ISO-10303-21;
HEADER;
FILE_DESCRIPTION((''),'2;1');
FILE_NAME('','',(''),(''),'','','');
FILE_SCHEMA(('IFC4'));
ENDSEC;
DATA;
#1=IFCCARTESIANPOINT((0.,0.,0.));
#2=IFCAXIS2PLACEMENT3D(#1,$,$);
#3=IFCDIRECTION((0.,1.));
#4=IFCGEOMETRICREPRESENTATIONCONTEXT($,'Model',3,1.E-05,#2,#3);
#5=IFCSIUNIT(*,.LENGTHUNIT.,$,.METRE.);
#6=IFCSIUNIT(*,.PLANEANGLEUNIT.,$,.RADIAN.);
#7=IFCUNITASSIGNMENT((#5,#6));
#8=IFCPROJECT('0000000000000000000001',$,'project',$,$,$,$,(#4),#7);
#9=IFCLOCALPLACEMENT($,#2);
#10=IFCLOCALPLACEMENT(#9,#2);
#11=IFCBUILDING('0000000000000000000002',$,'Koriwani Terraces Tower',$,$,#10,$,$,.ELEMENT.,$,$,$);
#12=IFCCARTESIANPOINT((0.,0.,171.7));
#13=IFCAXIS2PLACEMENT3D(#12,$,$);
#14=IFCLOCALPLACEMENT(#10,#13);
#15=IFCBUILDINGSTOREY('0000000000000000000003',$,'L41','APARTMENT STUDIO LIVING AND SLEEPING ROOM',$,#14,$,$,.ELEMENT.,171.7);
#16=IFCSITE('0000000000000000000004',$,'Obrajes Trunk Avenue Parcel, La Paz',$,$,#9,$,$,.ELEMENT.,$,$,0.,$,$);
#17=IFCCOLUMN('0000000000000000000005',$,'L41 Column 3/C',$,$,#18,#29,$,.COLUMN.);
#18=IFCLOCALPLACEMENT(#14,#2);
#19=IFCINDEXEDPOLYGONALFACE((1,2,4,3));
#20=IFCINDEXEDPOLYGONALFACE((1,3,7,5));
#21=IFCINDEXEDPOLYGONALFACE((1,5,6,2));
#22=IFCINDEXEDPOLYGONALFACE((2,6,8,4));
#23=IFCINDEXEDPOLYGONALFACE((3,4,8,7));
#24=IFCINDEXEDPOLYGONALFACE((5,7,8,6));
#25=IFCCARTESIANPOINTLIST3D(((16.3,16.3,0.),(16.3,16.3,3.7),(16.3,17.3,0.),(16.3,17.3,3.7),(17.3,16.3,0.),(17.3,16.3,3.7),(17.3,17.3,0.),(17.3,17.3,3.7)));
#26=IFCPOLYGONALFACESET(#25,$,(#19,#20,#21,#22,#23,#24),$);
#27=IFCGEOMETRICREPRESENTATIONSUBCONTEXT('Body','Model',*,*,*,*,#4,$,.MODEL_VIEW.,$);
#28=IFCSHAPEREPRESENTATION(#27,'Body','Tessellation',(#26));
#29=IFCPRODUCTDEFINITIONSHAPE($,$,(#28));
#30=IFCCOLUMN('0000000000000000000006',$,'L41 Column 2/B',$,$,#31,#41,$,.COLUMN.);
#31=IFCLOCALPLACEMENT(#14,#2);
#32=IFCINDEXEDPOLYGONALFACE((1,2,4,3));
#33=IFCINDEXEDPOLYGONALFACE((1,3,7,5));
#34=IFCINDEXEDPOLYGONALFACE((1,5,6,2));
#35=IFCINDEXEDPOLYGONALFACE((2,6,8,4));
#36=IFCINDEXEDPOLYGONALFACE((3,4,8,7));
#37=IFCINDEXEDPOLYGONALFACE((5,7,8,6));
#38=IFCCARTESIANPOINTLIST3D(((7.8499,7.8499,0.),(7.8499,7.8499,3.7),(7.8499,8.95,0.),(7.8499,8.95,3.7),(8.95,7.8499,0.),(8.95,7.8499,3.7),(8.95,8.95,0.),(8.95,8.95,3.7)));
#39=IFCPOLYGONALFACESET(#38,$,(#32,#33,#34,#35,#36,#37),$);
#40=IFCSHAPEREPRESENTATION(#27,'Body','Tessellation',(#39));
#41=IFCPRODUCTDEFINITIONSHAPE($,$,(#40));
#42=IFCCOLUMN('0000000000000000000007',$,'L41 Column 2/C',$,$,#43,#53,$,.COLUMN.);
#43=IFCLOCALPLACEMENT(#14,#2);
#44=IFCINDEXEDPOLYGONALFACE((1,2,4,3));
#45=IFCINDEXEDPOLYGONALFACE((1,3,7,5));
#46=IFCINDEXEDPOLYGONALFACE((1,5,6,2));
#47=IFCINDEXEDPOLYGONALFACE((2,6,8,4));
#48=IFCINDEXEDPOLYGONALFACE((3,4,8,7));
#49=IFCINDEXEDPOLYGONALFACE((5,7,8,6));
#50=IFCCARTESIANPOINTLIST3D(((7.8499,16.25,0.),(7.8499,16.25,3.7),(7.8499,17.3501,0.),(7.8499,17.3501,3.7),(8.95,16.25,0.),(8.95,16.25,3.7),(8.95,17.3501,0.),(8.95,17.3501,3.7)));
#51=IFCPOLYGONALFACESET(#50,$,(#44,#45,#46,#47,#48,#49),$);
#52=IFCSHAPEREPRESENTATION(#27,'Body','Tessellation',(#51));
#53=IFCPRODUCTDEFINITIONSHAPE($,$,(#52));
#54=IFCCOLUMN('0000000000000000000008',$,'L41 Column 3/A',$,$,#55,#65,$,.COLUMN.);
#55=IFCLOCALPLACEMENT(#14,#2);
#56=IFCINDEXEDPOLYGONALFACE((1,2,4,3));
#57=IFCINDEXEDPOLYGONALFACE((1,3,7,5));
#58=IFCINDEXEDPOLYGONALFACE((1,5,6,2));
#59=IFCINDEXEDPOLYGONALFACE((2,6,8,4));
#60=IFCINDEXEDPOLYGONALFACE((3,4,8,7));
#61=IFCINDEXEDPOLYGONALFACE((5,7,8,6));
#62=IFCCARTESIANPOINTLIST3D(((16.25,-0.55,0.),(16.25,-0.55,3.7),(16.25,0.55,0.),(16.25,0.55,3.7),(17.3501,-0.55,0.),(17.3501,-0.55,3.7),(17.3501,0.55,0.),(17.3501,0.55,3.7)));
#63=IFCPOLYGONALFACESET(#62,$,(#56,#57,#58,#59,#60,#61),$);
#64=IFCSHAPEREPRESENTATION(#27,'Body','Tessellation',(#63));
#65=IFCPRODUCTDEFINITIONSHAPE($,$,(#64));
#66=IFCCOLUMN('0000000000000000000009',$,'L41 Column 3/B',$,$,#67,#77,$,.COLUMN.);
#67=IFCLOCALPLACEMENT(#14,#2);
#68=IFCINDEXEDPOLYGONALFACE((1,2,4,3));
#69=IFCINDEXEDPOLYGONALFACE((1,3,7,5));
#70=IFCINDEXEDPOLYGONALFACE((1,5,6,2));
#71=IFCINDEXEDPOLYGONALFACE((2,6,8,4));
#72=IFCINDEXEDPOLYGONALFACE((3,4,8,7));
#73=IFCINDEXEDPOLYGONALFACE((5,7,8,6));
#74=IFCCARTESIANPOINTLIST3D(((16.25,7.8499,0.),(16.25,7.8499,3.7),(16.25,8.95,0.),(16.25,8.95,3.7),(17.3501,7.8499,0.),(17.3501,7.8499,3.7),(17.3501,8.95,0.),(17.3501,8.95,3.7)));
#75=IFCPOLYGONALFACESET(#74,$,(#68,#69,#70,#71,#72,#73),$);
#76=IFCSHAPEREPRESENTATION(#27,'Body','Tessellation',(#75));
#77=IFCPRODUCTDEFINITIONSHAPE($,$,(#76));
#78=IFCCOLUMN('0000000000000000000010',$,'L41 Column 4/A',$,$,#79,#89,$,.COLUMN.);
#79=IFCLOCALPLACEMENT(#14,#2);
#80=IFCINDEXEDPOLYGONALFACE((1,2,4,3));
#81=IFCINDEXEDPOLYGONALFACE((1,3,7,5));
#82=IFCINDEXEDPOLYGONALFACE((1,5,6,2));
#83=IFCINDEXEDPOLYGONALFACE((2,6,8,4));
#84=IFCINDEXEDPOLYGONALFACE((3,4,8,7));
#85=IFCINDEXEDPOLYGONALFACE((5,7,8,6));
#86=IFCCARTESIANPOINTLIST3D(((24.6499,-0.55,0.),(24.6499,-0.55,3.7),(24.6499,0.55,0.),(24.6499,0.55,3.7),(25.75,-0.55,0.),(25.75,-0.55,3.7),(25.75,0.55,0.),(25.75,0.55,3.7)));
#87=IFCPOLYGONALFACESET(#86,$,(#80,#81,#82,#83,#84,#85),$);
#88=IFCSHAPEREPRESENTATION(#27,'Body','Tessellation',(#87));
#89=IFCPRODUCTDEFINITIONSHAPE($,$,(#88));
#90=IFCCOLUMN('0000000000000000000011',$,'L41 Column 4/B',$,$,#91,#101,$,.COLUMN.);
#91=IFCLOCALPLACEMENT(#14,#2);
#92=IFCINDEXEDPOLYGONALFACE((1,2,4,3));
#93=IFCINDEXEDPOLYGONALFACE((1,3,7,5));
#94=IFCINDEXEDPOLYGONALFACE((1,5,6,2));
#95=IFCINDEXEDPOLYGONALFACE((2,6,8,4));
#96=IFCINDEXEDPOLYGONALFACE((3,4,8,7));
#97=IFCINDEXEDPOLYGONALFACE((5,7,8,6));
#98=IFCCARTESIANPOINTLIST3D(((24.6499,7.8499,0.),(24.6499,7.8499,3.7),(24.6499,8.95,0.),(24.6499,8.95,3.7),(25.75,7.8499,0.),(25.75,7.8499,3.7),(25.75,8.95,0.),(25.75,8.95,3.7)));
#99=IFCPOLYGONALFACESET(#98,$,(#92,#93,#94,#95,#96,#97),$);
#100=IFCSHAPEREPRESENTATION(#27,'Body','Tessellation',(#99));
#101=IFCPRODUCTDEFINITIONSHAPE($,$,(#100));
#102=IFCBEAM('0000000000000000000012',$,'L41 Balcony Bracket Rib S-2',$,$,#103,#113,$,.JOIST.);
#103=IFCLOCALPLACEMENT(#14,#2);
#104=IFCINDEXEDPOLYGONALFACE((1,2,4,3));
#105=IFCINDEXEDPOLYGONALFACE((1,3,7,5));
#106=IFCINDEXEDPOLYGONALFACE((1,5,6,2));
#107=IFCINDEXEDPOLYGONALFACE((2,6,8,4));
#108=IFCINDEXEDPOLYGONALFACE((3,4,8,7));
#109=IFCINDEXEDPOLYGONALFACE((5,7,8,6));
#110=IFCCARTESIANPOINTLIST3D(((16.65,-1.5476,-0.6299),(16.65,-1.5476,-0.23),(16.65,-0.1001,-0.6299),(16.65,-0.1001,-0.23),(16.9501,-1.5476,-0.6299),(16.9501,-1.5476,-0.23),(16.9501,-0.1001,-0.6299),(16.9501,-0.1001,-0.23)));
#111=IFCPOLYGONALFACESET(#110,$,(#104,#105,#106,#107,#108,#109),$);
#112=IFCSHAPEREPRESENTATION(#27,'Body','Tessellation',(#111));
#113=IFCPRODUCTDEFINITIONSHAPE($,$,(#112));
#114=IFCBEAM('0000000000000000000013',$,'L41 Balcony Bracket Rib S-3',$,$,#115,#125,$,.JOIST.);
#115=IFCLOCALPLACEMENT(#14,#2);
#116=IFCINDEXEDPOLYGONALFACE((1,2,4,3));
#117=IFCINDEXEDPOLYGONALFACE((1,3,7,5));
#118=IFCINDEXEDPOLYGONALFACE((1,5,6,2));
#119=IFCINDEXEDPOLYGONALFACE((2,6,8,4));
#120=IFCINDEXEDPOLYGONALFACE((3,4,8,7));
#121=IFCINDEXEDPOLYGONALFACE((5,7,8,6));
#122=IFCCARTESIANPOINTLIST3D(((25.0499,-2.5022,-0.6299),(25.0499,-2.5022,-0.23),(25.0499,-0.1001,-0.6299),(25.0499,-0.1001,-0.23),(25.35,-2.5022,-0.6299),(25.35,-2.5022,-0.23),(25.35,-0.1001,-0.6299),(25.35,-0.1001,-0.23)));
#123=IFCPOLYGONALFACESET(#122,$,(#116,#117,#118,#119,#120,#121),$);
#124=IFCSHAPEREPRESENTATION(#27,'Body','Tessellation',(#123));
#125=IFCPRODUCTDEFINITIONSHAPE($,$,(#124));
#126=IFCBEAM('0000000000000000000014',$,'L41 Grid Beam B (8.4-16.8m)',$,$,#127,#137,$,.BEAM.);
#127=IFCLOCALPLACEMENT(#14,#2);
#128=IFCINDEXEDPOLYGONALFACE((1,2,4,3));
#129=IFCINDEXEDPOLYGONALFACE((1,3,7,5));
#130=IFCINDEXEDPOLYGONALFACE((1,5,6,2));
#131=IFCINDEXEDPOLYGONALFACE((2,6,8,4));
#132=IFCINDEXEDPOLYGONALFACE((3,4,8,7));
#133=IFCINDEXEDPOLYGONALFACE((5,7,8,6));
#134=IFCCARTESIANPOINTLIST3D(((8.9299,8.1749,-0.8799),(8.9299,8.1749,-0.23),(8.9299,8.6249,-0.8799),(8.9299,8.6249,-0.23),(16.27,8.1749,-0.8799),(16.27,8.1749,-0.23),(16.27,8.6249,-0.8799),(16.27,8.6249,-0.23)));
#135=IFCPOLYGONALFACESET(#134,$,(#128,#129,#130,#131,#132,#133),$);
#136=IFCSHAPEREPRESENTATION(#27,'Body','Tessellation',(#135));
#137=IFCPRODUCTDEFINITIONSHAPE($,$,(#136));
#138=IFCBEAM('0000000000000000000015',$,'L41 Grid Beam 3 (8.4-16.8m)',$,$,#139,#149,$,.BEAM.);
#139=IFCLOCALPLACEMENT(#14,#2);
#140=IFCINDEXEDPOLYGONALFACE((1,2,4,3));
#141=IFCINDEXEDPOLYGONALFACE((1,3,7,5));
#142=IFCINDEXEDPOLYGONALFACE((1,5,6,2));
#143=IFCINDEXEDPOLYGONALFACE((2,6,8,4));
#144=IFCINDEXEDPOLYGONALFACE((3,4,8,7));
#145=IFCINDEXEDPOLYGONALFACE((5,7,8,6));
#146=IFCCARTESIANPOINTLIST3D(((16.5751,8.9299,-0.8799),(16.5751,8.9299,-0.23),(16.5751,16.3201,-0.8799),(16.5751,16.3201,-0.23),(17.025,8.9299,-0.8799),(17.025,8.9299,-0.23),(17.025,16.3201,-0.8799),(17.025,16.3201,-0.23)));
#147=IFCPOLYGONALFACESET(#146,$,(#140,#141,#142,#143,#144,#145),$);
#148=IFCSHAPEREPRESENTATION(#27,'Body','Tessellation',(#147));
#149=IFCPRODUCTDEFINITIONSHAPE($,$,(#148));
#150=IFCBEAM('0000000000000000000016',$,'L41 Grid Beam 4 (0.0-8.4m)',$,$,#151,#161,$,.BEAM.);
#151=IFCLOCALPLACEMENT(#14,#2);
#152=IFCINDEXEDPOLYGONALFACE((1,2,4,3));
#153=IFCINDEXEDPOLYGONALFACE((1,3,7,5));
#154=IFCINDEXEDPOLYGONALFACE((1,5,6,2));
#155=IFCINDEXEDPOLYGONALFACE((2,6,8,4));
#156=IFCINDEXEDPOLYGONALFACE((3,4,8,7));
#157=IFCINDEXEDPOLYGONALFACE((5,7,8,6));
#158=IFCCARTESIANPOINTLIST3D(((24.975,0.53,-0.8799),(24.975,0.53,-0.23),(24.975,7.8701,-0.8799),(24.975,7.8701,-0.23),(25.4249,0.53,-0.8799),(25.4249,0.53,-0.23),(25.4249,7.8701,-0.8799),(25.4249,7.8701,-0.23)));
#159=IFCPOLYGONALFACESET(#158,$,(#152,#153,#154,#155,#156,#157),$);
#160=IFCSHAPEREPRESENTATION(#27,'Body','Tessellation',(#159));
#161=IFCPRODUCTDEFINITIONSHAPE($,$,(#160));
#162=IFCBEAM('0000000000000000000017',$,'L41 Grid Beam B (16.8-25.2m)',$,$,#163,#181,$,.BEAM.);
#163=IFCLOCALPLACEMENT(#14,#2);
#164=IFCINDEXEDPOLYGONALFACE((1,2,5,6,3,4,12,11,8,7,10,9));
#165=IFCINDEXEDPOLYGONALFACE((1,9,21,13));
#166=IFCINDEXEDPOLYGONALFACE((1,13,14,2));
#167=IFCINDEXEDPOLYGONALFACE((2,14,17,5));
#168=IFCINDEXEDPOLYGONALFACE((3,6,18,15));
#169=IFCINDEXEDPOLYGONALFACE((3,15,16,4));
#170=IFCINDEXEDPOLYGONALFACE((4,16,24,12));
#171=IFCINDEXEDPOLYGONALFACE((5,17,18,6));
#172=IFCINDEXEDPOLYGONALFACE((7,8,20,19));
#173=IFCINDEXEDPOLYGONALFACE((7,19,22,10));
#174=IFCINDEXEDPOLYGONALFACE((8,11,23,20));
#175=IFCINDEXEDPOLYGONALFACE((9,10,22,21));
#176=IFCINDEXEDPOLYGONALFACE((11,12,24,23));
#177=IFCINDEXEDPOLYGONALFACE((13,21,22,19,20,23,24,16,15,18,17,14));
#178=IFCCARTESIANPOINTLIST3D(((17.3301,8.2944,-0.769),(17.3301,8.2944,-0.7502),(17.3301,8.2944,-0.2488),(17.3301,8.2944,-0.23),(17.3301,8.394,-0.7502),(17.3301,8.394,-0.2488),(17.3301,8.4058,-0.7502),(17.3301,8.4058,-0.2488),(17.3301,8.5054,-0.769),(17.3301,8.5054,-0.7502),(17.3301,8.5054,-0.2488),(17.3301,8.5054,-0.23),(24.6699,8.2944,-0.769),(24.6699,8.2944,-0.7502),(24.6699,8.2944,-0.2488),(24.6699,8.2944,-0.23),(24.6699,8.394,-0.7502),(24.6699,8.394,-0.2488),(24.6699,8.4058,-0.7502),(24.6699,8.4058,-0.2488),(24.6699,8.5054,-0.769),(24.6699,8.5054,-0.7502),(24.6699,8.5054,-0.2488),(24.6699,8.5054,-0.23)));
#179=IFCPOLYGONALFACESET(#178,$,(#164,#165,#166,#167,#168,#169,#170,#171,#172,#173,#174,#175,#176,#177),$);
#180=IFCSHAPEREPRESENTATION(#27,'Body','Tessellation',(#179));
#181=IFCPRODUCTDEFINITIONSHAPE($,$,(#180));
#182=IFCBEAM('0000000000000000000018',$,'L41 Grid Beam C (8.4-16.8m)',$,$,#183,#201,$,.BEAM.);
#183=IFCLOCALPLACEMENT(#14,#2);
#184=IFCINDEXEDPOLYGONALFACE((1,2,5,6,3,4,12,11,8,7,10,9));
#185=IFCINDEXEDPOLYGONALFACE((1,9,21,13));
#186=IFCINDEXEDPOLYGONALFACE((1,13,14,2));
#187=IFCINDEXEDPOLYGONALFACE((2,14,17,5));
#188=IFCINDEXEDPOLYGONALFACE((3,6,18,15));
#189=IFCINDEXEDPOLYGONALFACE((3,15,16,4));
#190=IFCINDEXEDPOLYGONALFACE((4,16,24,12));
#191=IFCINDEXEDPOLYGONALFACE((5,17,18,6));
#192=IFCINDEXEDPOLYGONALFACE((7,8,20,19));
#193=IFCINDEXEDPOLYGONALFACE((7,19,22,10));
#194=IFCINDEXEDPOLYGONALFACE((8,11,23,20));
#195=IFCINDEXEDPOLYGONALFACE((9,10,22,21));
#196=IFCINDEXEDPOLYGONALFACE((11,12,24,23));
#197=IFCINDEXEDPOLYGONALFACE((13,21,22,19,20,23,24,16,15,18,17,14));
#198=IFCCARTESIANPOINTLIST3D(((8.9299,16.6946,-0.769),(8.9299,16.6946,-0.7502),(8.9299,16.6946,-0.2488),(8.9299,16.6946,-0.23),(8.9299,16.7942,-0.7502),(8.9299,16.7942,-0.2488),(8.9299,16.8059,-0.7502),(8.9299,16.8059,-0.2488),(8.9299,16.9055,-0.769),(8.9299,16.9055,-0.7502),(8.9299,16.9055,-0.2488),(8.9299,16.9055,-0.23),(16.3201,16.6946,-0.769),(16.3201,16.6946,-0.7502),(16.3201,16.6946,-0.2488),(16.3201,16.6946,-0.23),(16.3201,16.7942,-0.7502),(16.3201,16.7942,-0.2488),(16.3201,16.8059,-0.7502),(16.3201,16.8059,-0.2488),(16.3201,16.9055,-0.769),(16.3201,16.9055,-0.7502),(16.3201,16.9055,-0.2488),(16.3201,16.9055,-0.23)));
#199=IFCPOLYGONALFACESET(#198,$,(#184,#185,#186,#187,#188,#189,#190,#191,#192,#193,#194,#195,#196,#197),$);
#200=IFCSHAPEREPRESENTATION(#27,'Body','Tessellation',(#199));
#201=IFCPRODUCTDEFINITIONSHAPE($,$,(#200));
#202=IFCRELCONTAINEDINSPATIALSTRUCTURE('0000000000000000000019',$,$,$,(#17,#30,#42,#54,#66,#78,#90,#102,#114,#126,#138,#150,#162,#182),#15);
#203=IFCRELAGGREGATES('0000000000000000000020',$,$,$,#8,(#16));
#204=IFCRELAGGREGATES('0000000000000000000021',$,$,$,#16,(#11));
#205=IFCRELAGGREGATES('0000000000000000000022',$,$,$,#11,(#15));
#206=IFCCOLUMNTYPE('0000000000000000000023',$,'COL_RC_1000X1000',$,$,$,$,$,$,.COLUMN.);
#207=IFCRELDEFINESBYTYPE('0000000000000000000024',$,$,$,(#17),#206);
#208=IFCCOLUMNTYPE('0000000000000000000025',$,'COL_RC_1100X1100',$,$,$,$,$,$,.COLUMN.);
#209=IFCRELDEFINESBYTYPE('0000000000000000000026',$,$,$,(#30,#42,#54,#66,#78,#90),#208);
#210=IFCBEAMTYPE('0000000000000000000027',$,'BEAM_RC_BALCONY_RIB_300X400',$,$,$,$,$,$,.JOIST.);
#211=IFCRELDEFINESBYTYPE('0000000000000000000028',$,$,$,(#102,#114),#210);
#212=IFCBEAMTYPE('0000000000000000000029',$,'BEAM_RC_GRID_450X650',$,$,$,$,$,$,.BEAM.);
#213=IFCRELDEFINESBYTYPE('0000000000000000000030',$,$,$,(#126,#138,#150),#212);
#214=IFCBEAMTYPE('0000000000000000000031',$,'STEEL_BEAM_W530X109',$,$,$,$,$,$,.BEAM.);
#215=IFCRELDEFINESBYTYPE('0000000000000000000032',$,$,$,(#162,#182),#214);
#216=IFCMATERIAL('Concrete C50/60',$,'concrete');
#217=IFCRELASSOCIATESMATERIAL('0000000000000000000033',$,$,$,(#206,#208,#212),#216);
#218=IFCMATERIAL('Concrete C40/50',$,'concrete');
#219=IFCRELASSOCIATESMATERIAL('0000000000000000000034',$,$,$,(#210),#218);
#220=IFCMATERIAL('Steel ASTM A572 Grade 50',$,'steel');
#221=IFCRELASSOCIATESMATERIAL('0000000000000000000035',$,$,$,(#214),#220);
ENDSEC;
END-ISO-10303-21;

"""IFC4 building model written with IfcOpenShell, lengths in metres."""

from ifc_helpers import new_model, si_unit, direction, frame, origin, origin_2d, place, context, subcontext, project, spatial, rectangle, i_section, extrude, material, material_profile, profile_set, type_object, element, save


model = new_model("IFC4")

# Units and contexts
model_context = context("Model", 3, precision=1e-05, world=origin(), true_north=direction((0.0, 1.0)))
body_context = subcontext(model_context, "Body", "Model", "MODEL_VIEW")
ifc_project = project(units=[si_unit("LENGTHUNIT", "METRE"), si_unit("PLANEANGLEUNIT", "RADIAN")], contexts=[model_context])

# Site, building, storey
site_placement = place(None, origin())
site = spatial("IfcSite", under=ifc_project, at=site_placement, Name="Obrajes Trunk Avenue Parcel, La Paz", CompositionType="ELEMENT", RefElevation=0.0)
building_placement = place(site_placement, origin())
building = spatial("IfcBuilding", under=site, at=building_placement, Name="Koriwani Terraces Tower", CompositionType="ELEMENT")
storey_placement = place(building_placement, frame((0.0, 0.0, 171.7)))
storey = spatial("IfcBuildingStorey", under=building, at=storey_placement, Name="L41", Description="APARTMENT STUDIO LIVING AND SLEEPING ROOM", CompositionType="ELEMENT", Elevation=171.7)

# Columns
ifc_material_1 = material(Name="Concrete C50/60", Category="concrete")
ifc_material_profile_1 = material_profile(ifc_material_1, rectangle(XDim=1.0, YDim=1.0, at=origin_2d()), Name="Concrete C50/60", Category="LoadBearing")
ifc_profile_set_1 = profile_set([ifc_material_profile_1], Name="Concrete C50/60")
column_type_1 = type_object("IfcColumnType", Name="COL_RC_1000X1000", PredefinedType="COLUMN", material=ifc_profile_set_1)
column_placement = place(storey_placement, frame((16.8, 16.8, 0.0), z_axis=(0.0, 0.0, 1.0), x_axis=(1.0, 0.0, 0.0)))
element("IfcColumn", 1, at=column_placement, inside=storey, type_object=column_type_1, Name="L41 Column 3/C", PredefinedType="COLUMN", context=body_context, shape_type="SweptSolid", body=[
    extrude(rectangle(XDim=1.0, YDim=1.0, at=origin_2d()), origin(), (0.0, 0.0, 1.0), 3.7),
])
ifc_material_profile_2 = material_profile(ifc_material_1, rectangle(XDim=1.1001, YDim=1.1001, at=origin_2d()), Name="Concrete C50/60", Category="LoadBearing")
ifc_profile_set_2 = profile_set([ifc_material_profile_2], Name="Concrete C50/60")
column_type_2 = type_object("IfcColumnType", Name="COL_RC_1100X1100", PredefinedType="COLUMN", material=ifc_profile_set_2)
for number, where, z_axis, x_axis, name in (
    (2, (8.3999, 8.3999, 0.0), (0.0, 0.0, 1.0), (1.0, 0.0, 0.0), "L41 Column 2/B"),
    (3, (8.3999, 16.8, 0.0), (0.0, 0.0, 1.0), (1.0, 0.0, 0.0), "L41 Column 2/C"),
    (4, (16.8, 0.0, 0.0), (0.0, 0.0, 1.0), (1.0, 0.0, 0.0), "L41 Column 3/A"),
    (5, (16.8, 8.3999, 0.0), (0.0, 0.0, 1.0), (1.0, 0.0, 0.0), "L41 Column 3/B"),
    (6, (25.2, 0.0, 0.0), (0.0, 0.0, 1.0), (1.0, 0.0, 0.0), "L41 Column 4/A"),
    (7, (25.2, 8.3999, 0.0), (0.0, 0.0, 1.0), (1.0, 0.0, 0.0), "L41 Column 4/B"),
):
    element("IfcColumn", number, at=place(storey_placement, frame(where, z_axis=z_axis, x_axis=x_axis)), inside=storey, type_object=column_type_2, Name=name, PredefinedType="COLUMN", context=body_context, shape_type="SweptSolid", body=[
        extrude(rectangle(XDim=1.1001, YDim=1.1001, at=origin_2d()), origin(), (0.0, 0.0, 1.0), 3.7),
    ])

# Beams
ifc_material_2 = material(Name="Concrete C40/50", Category="concrete")
ifc_material_profile_3 = material_profile(ifc_material_2, rectangle(XDim=0.3, YDim=0.3999, at=origin_2d()), Name="Concrete C40/50", Category="LoadBearing")
ifc_profile_set_3 = profile_set([ifc_material_profile_3], Name="Concrete C40/50")
beam_type_1 = type_object("IfcBeamType", Name="BEAM_RC_BALCONY_RIB_300X400", PredefinedType="JOIST", material=ifc_profile_set_3)
beam_1_placement = place(storey_placement, frame((16.8, -1.5476, -0.4299), z_axis=(0.0, 1.0, 0.0), x_axis=(-1.0, 0.0, 0.0)))
element("IfcBeam", 8, at=beam_1_placement, inside=storey, type_object=beam_type_1, Name="L41 Balcony Bracket Rib S-2", PredefinedType="JOIST", context=body_context, shape_type="SweptSolid", body=[
    extrude(rectangle(XDim=0.3, YDim=0.3999, at=origin_2d()), origin(), (0.0, 0.0, 1.0), 1.4475),
])
beam_2_placement = place(storey_placement, frame((25.2, -2.5022, -0.4299), z_axis=(0.0, 1.0, 0.0), x_axis=(-1.0, 0.0, 0.0)))
element("IfcBeam", 9, at=beam_2_placement, inside=storey, type_object=beam_type_1, Name="L41 Balcony Bracket Rib S-3", PredefinedType="JOIST", context=body_context, shape_type="SweptSolid", body=[
    extrude(rectangle(XDim=0.3, YDim=0.3999, at=origin_2d()), origin(), (0.0, 0.0, 1.0), 2.4021),
])
ifc_material_profile_4 = material_profile(ifc_material_1, rectangle(XDim=0.45, YDim=0.6499, at=origin_2d()), Name="Concrete C50/60", Category="LoadBearing")
ifc_profile_set_4 = profile_set([ifc_material_profile_4], Name="Concrete C50/60")
beam_type_2 = type_object("IfcBeamType", Name="BEAM_RC_GRID_450X650", PredefinedType="BEAM", material=ifc_profile_set_4)
beam_3_placement = place(storey_placement, frame((8.9299, 8.3999, -0.5549), z_axis=(1.0, 0.0, 0.0), x_axis=(0.0, 1.0, 0.0)))
element("IfcBeam", 10, at=beam_3_placement, inside=storey, type_object=beam_type_2, Name="L41 Grid Beam B (8.4-16.8m)", PredefinedType="BEAM", context=body_context, shape_type="SweptSolid", body=[
    extrude(rectangle(XDim=0.45, YDim=0.6499, at=origin_2d()), origin(), (0.0, 0.0, 1.0), 7.3401),
])
beam_4_placement = place(storey_placement, frame((16.8, 8.9299, -0.5549), z_axis=(0.0, 1.0, 0.0), x_axis=(-1.0, 0.0, 0.0)))
element("IfcBeam", 11, at=beam_4_placement, inside=storey, type_object=beam_type_2, Name="L41 Grid Beam 3 (8.4-16.8m)", PredefinedType="BEAM", context=body_context, shape_type="SweptSolid", body=[
    extrude(rectangle(XDim=0.45, YDim=0.6499, at=origin_2d()), origin(), (0.0, 0.0, 1.0), 7.3901),
])
beam_5_placement = place(storey_placement, frame((25.2, 0.53, -0.5549), z_axis=(0.0, 1.0, 0.0), x_axis=(-1.0, 0.0, 0.0)))
element("IfcBeam", 12, at=beam_5_placement, inside=storey, type_object=beam_type_2, Name="L41 Grid Beam 4 (0.0-8.4m)", PredefinedType="BEAM", context=body_context, shape_type="SweptSolid", body=[
    extrude(rectangle(XDim=0.45, YDim=0.6499, at=origin_2d()), origin(), (0.0, 0.0, 1.0), 7.3401),
])
ifc_material_3 = material(Name="Steel ASTM A572 Grade 50", Category="steel")
ifc_material_profile_5 = material_profile(ifc_material_3, i_section(OverallWidth=0.2109, OverallDepth=0.5391, WebThickness=0.0117, FlangeThickness=0.0188, at=origin_2d()), Name="Steel ASTM A572 Grade 50", Category="LoadBearing")
ifc_profile_set_5 = profile_set([ifc_material_profile_5], Name="Steel ASTM A572 Grade 50")
beam_type_3 = type_object("IfcBeamType", Name="STEEL_BEAM_W530X109", PredefinedType="BEAM", material=ifc_profile_set_5)
beam_6_placement = place(storey_placement, frame((17.3301, 8.3999, -0.4995), z_axis=(1.0, 0.0, 0.0), x_axis=(0.0, 1.0, 0.0)))
element("IfcBeam", 13, at=beam_6_placement, inside=storey, type_object=beam_type_3, Name="L41 Grid Beam B (16.8-25.2m)", PredefinedType="BEAM", context=body_context, shape_type="SweptSolid", body=[
    extrude(i_section(OverallWidth=0.2109, OverallDepth=0.5391, WebThickness=0.0117, FlangeThickness=0.0188, at=origin_2d()), origin(), (0.0, 0.0, 1.0), 7.3398),
])
beam_7_placement = place(storey_placement, frame((8.9299, 16.8, -0.4995), z_axis=(1.0, 0.0, 0.0), x_axis=(0.0, 1.0, 0.0)))
element("IfcBeam", 14, at=beam_7_placement, inside=storey, type_object=beam_type_3, Name="L41 Grid Beam C (8.4-16.8m)", PredefinedType="BEAM", context=body_context, shape_type="SweptSolid", body=[
    extrude(i_section(OverallWidth=0.2109, OverallDepth=0.5391, WebThickness=0.0117, FlangeThickness=0.0188, at=origin_2d()), origin(), (0.0, 0.0, 1.0), 7.3901),
])

save(model, "model.ifc")
